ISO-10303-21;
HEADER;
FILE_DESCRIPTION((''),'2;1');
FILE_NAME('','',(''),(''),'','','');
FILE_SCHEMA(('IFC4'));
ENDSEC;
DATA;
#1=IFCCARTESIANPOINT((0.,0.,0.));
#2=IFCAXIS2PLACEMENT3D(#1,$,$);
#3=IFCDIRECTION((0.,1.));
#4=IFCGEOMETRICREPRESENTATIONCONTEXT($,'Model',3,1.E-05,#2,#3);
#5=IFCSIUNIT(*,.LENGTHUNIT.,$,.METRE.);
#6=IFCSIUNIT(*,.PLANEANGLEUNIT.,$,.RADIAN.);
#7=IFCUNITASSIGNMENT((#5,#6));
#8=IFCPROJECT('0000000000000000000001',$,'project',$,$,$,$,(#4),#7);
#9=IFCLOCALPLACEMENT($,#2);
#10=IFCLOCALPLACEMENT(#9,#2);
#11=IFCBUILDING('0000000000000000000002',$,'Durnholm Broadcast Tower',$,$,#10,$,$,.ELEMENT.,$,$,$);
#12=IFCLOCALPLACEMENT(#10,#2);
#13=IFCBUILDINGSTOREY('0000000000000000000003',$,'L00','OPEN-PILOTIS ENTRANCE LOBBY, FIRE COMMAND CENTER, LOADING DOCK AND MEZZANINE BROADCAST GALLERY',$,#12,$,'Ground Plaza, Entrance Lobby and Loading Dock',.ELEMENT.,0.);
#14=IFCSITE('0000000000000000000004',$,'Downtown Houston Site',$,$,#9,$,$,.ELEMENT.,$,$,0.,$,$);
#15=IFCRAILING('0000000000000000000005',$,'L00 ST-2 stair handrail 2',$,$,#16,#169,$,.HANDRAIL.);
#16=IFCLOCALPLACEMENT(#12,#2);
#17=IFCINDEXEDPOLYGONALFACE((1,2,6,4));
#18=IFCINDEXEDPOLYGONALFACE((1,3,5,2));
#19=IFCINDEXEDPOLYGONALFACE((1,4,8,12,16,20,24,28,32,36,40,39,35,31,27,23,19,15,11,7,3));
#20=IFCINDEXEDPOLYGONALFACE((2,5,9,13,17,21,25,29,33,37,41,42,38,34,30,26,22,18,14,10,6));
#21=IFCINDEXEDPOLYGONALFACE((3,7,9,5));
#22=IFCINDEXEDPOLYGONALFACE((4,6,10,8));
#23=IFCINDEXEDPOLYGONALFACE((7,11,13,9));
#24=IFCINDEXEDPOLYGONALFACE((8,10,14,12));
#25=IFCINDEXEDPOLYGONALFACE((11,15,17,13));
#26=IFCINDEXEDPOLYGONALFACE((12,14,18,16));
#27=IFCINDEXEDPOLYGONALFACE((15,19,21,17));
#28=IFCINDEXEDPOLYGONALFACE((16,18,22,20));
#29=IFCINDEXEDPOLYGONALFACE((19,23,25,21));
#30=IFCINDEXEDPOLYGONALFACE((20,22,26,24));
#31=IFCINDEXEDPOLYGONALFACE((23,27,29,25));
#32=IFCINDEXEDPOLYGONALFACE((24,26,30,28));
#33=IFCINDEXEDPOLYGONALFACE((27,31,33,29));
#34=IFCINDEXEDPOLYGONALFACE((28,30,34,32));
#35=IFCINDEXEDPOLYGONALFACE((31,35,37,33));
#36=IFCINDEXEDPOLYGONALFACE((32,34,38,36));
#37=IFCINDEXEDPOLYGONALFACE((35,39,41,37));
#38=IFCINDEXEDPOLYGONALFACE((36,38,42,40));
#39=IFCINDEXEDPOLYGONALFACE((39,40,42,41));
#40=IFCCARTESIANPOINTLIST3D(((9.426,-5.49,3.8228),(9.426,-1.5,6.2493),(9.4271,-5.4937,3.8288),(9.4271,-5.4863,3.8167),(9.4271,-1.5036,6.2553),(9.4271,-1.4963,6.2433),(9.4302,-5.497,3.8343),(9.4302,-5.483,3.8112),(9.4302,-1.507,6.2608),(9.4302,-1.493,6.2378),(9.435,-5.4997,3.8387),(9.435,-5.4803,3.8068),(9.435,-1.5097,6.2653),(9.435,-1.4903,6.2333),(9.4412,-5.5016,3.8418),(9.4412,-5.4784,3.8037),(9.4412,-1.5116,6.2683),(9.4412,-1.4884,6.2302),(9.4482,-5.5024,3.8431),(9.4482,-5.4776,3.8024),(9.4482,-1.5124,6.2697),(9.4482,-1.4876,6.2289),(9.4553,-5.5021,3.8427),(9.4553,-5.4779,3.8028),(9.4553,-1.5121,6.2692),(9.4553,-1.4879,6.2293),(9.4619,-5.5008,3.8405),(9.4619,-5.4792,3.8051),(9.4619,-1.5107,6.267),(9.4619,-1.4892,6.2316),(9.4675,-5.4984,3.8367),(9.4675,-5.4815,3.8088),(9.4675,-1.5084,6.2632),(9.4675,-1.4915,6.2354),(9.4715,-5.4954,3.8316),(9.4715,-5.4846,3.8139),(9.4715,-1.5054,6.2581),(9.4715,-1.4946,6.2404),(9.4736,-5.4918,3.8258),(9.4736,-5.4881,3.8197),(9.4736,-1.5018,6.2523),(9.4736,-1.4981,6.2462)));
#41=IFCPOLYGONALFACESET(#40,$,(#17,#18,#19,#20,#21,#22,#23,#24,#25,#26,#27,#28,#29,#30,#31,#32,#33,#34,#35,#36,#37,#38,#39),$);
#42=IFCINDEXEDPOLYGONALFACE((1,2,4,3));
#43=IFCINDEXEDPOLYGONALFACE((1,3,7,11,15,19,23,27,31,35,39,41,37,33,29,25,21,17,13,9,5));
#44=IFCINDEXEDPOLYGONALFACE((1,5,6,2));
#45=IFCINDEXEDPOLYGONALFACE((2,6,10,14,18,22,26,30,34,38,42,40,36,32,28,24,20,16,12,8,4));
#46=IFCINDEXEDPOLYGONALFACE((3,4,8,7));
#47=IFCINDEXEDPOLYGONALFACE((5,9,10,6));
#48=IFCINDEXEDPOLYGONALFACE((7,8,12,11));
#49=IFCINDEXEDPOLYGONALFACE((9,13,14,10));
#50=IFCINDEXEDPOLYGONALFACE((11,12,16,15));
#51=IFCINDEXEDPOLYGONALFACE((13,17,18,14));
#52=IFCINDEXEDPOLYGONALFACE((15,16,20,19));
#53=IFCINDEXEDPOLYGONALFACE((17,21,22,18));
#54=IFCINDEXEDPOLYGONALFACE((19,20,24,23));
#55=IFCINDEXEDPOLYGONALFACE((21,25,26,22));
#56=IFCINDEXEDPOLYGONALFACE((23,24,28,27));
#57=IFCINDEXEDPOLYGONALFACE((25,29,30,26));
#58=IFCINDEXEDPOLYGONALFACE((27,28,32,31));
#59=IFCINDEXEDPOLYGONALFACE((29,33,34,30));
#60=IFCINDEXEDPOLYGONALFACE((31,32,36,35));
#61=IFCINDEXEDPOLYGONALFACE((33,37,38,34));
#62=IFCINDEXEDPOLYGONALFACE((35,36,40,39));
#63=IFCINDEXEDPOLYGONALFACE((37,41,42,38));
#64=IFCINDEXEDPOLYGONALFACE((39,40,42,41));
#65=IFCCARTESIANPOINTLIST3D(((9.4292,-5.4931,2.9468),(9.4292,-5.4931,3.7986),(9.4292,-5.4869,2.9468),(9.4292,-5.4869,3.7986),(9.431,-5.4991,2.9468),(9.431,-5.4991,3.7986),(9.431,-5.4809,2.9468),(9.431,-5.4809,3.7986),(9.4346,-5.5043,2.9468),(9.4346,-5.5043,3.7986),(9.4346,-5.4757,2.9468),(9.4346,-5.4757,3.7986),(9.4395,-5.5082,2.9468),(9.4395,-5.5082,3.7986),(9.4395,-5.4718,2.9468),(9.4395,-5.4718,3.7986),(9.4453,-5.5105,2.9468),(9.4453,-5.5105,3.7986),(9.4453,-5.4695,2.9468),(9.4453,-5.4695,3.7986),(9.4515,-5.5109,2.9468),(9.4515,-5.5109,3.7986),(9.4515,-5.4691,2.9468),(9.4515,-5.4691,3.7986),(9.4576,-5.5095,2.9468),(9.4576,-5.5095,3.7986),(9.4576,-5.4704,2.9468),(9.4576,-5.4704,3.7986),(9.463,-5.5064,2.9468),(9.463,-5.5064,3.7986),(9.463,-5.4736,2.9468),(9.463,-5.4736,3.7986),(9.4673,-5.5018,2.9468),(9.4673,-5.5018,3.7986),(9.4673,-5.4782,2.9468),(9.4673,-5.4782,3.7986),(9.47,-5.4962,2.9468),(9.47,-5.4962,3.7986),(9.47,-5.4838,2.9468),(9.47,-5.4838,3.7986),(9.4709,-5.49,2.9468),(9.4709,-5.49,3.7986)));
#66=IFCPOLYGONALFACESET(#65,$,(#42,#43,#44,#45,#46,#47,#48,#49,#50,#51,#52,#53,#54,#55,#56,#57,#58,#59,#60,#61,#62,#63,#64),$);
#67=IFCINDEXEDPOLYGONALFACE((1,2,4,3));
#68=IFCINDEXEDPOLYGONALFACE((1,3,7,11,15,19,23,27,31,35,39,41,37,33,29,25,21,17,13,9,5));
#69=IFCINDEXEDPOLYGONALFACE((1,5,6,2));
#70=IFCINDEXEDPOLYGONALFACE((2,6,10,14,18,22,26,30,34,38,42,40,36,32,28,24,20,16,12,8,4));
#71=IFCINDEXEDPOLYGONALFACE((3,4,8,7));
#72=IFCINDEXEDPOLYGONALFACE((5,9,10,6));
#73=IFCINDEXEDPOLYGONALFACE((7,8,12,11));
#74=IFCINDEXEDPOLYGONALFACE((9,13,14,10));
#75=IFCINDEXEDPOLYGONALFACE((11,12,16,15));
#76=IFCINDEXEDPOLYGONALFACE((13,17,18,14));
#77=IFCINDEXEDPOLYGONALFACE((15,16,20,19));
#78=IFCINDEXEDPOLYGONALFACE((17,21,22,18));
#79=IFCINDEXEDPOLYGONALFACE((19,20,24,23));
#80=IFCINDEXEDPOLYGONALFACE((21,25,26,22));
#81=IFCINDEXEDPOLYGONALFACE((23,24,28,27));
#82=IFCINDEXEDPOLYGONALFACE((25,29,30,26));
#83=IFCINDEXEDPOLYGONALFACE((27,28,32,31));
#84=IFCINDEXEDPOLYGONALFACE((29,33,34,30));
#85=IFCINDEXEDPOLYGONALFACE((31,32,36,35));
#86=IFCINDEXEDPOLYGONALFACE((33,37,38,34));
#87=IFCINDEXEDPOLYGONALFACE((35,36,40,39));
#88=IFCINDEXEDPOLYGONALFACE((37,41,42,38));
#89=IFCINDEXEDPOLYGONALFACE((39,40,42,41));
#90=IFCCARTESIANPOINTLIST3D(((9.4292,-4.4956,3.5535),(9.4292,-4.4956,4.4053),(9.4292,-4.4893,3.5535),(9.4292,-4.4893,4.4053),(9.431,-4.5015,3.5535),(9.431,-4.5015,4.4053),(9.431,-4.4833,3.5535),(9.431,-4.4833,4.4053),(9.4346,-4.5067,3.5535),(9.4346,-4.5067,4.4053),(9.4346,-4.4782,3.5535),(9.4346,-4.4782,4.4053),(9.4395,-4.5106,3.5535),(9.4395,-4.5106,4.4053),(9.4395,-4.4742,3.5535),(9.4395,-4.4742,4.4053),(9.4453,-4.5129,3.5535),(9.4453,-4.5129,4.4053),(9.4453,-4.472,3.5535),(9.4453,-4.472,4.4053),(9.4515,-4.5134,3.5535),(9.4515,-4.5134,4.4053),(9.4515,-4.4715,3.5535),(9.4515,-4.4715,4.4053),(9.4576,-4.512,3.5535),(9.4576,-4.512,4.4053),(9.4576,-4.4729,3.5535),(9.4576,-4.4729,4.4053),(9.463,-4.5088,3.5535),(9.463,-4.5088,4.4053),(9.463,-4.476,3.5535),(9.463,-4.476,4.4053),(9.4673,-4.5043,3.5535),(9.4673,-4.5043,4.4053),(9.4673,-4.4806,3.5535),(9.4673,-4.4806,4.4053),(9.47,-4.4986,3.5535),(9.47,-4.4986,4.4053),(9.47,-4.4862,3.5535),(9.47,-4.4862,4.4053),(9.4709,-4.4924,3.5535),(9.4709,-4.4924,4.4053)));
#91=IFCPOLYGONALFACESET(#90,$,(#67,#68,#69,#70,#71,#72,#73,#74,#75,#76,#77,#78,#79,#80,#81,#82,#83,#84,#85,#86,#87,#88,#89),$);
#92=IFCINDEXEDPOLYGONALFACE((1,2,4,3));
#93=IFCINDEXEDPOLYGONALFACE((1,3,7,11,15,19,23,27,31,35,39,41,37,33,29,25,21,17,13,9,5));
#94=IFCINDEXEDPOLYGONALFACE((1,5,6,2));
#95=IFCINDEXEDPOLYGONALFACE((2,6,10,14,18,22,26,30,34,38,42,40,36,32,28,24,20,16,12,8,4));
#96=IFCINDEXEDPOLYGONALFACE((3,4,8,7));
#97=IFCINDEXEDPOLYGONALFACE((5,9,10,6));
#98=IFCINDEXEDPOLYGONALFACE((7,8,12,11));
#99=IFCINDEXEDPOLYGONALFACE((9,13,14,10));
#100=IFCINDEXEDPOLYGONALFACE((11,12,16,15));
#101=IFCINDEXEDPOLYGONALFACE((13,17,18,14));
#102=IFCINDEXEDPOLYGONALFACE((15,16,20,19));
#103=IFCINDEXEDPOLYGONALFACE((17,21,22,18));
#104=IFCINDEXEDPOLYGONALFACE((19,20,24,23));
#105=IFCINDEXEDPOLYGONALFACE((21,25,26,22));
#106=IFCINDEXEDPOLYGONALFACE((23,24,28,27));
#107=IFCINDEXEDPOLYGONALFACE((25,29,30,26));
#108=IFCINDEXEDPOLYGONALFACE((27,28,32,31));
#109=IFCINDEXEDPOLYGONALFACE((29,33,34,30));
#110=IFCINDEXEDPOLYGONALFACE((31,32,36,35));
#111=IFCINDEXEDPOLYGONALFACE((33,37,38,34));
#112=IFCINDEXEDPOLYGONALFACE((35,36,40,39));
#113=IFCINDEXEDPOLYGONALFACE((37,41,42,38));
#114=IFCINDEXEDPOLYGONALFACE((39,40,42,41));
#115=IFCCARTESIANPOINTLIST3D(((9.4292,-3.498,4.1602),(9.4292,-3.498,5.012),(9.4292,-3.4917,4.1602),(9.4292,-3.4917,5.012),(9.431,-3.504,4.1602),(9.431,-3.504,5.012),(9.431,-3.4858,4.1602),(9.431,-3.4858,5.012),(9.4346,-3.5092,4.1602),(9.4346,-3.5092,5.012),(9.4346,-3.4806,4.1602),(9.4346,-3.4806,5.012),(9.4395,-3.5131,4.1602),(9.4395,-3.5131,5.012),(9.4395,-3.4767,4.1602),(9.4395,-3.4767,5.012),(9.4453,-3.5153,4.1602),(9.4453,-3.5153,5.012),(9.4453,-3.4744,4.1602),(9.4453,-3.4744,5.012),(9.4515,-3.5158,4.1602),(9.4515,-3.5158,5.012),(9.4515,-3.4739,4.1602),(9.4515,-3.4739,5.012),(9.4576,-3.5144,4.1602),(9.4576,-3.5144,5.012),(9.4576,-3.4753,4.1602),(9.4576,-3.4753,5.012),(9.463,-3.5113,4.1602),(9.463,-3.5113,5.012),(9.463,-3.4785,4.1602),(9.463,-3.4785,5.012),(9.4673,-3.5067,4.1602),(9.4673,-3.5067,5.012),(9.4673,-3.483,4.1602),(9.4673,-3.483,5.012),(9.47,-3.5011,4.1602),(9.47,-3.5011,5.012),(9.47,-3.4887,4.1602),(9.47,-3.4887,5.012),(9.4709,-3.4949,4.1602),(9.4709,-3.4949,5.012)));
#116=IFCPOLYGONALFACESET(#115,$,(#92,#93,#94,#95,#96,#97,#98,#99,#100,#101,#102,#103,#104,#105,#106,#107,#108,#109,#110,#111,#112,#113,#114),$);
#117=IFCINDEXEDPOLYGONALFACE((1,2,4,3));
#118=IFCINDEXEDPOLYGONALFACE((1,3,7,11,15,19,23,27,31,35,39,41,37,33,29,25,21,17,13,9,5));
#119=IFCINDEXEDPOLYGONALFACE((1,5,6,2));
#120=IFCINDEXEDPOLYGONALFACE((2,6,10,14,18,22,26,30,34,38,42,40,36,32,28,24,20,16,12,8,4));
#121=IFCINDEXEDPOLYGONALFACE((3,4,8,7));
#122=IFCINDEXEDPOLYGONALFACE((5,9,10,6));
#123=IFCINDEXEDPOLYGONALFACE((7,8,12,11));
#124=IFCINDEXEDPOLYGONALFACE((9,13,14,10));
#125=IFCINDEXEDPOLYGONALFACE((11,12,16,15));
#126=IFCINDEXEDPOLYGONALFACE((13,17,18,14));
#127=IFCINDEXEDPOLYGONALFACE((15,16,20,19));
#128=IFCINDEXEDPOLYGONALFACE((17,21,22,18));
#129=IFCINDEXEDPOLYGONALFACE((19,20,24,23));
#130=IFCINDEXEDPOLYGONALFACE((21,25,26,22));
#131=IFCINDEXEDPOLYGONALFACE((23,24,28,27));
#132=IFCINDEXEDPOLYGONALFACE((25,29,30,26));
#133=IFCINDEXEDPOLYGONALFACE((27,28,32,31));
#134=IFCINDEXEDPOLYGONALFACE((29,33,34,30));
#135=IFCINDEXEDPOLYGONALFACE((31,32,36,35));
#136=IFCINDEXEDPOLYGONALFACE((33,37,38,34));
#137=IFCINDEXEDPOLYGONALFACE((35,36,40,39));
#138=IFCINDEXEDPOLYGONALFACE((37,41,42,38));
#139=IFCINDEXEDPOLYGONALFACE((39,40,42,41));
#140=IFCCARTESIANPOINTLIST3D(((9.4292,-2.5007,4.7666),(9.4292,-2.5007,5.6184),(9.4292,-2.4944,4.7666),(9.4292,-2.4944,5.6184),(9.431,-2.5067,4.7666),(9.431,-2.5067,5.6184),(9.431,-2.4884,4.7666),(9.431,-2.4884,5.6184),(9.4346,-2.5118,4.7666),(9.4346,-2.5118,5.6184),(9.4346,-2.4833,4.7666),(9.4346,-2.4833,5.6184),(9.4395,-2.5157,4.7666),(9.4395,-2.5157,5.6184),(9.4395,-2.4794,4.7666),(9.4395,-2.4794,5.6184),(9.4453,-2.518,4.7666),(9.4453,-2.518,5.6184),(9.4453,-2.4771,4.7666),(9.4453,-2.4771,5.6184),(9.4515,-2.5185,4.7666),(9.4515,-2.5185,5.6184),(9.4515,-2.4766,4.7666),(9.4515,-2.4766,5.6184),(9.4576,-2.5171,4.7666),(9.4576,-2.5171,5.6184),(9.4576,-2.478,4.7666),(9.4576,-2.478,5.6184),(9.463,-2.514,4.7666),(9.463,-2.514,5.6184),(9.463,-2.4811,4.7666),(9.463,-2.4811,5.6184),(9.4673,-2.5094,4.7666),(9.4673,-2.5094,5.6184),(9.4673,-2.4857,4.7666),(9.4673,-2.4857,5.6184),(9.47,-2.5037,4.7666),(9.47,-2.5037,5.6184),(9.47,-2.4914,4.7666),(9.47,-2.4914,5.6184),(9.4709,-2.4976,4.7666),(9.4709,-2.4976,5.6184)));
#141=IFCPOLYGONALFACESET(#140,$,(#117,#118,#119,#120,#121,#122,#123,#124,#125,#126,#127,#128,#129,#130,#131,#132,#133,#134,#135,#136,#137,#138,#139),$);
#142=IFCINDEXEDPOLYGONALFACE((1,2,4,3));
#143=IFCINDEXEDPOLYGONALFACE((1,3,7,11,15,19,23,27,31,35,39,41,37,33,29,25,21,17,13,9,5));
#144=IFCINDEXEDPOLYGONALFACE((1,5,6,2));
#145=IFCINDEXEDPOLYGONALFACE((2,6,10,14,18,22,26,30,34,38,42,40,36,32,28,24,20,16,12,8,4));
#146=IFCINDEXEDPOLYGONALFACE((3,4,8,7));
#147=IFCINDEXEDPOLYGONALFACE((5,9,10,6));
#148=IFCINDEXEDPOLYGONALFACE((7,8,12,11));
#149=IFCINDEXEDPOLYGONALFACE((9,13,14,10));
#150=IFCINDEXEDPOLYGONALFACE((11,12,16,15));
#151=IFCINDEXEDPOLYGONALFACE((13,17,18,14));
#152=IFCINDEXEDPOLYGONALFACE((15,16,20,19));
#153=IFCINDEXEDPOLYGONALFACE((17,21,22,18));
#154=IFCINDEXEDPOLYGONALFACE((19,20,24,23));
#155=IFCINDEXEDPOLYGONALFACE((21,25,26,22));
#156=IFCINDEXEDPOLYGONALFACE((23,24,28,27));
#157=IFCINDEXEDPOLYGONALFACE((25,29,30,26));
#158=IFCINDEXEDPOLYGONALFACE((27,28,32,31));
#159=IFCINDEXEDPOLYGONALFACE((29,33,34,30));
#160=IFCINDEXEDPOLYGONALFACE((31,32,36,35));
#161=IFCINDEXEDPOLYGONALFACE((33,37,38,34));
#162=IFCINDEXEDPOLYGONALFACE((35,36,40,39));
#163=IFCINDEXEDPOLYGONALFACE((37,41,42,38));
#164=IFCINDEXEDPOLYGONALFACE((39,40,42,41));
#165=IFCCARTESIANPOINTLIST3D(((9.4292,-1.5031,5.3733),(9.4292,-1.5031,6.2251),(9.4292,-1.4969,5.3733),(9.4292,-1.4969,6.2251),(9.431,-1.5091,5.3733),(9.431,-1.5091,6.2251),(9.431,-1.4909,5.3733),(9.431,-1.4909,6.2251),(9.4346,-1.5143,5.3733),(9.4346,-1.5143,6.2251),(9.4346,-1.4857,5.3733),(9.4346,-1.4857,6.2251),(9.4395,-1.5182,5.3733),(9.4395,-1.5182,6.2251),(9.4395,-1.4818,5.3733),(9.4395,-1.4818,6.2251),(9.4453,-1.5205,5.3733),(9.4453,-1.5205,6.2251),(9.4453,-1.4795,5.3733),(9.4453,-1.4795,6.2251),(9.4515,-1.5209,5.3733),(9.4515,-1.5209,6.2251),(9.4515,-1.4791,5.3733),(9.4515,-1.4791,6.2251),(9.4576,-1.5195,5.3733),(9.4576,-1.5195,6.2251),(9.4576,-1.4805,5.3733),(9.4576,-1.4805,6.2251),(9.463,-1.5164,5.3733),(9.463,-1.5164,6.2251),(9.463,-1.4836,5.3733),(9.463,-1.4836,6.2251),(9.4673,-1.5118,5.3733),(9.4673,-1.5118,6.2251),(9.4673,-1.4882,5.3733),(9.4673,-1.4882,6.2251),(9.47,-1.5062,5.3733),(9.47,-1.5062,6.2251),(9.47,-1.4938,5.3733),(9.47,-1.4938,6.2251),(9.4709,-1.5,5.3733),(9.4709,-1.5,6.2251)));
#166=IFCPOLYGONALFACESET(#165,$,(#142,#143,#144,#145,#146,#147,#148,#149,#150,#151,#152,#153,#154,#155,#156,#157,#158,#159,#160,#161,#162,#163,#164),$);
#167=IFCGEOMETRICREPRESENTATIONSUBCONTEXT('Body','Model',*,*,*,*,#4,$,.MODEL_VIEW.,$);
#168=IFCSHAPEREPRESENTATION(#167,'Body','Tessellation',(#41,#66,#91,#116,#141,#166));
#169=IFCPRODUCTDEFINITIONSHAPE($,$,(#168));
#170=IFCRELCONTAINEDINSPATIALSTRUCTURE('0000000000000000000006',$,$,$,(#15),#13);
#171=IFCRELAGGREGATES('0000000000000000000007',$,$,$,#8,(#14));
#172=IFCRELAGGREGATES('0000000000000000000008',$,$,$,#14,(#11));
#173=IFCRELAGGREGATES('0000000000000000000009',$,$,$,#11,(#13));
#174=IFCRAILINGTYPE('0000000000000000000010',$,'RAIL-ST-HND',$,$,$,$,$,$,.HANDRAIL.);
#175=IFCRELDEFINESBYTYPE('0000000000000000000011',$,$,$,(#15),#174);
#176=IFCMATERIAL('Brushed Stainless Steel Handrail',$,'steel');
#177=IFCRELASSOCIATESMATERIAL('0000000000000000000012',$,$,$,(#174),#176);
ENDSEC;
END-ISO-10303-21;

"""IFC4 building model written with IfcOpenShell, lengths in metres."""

from ifc_helpers import new_model, si_unit, direction, frame, origin, origin_2d, place, context, subcontext, project, spatial, circle, extrude, material, type_object, element, save


model = new_model("IFC4")

# Units and contexts
model_context = context("Model", 3, precision=1e-05, world=origin(), true_north=direction((0.0, 1.0)))
body_context = subcontext(model_context, "Body", "Model", "MODEL_VIEW")
ifc_project = project(units=[si_unit("LENGTHUNIT", "METRE"), si_unit("PLANEANGLEUNIT", "RADIAN")], contexts=[model_context])

# Site, building, storey
site_placement = place(None, origin())
site = spatial("IfcSite", under=ifc_project, at=site_placement, Name="Downtown Houston Site", CompositionType="ELEMENT", RefElevation=0.0)
building_placement = place(site_placement, origin())
building = spatial("IfcBuilding", under=site, at=building_placement, Name="Durnholm Broadcast Tower", CompositionType="ELEMENT")
storey_placement = place(building_placement, origin())
storey = spatial("IfcBuildingStorey", under=building, at=storey_placement, Name="L00", Description="OPEN-PILOTIS ENTRANCE LOBBY, FIRE COMMAND CENTER, LOADING DOCK AND MEZZANINE BROADCAST GALLERY", LongName="Ground Plaza, Entrance Lobby and Loading Dock", CompositionType="ELEMENT", Elevation=0.0)

# Railing
ifc_material_1 = material(Name="Brushed Stainless Steel Handrail", Category="steel")
railing_type = type_object("IfcRailingType", Name="RAIL-ST-HND", PredefinedType="HANDRAIL", material=ifc_material_1)
railing_placement = place(storey_placement, frame((9.45, -5.49, 2.9468)))
element("IfcRailing", 1, at=railing_placement, inside=storey, type_object=railing_type, Name="L00 ST-2 stair handrail 2", PredefinedType="HANDRAIL", context=body_context, shape_type="SweptSolid", body=[
    extrude(circle(Radius=0.0239, at=origin_2d()), frame((0.0, 0.0, 0.876), z_axis=(0.0, 0.854405, 0.519607), x_axis=(-1.0, 0.0, 0.0)), (0.0, 0.0, 1.0), 4.6699),
    extrude(circle(Radius=0.021, at=origin_2d()), origin(), (0.0, 0.0, 1.0), 0.8518),
    extrude(circle(Radius=0.021, at=origin_2d()), frame((0.0, 0.9976, 0.6067)), (0.0, 0.0, 1.0), 0.8518),
    extrude(circle(Radius=0.021, at=origin_2d()), frame((0.0, 1.9951, 1.2134)), (0.0, 0.0, 1.0), 0.8518),
    extrude(circle(Radius=0.021, at=origin_2d()), frame((0.0, 2.9924, 1.8198)), (0.0, 0.0, 1.0), 0.8518),
    extrude(circle(Radius=0.021, at=origin_2d()), frame((0.0, 3.99, 2.4265)), (0.0, 0.0, 1.0), 0.8518),
])

save(model, "model.ifc")
